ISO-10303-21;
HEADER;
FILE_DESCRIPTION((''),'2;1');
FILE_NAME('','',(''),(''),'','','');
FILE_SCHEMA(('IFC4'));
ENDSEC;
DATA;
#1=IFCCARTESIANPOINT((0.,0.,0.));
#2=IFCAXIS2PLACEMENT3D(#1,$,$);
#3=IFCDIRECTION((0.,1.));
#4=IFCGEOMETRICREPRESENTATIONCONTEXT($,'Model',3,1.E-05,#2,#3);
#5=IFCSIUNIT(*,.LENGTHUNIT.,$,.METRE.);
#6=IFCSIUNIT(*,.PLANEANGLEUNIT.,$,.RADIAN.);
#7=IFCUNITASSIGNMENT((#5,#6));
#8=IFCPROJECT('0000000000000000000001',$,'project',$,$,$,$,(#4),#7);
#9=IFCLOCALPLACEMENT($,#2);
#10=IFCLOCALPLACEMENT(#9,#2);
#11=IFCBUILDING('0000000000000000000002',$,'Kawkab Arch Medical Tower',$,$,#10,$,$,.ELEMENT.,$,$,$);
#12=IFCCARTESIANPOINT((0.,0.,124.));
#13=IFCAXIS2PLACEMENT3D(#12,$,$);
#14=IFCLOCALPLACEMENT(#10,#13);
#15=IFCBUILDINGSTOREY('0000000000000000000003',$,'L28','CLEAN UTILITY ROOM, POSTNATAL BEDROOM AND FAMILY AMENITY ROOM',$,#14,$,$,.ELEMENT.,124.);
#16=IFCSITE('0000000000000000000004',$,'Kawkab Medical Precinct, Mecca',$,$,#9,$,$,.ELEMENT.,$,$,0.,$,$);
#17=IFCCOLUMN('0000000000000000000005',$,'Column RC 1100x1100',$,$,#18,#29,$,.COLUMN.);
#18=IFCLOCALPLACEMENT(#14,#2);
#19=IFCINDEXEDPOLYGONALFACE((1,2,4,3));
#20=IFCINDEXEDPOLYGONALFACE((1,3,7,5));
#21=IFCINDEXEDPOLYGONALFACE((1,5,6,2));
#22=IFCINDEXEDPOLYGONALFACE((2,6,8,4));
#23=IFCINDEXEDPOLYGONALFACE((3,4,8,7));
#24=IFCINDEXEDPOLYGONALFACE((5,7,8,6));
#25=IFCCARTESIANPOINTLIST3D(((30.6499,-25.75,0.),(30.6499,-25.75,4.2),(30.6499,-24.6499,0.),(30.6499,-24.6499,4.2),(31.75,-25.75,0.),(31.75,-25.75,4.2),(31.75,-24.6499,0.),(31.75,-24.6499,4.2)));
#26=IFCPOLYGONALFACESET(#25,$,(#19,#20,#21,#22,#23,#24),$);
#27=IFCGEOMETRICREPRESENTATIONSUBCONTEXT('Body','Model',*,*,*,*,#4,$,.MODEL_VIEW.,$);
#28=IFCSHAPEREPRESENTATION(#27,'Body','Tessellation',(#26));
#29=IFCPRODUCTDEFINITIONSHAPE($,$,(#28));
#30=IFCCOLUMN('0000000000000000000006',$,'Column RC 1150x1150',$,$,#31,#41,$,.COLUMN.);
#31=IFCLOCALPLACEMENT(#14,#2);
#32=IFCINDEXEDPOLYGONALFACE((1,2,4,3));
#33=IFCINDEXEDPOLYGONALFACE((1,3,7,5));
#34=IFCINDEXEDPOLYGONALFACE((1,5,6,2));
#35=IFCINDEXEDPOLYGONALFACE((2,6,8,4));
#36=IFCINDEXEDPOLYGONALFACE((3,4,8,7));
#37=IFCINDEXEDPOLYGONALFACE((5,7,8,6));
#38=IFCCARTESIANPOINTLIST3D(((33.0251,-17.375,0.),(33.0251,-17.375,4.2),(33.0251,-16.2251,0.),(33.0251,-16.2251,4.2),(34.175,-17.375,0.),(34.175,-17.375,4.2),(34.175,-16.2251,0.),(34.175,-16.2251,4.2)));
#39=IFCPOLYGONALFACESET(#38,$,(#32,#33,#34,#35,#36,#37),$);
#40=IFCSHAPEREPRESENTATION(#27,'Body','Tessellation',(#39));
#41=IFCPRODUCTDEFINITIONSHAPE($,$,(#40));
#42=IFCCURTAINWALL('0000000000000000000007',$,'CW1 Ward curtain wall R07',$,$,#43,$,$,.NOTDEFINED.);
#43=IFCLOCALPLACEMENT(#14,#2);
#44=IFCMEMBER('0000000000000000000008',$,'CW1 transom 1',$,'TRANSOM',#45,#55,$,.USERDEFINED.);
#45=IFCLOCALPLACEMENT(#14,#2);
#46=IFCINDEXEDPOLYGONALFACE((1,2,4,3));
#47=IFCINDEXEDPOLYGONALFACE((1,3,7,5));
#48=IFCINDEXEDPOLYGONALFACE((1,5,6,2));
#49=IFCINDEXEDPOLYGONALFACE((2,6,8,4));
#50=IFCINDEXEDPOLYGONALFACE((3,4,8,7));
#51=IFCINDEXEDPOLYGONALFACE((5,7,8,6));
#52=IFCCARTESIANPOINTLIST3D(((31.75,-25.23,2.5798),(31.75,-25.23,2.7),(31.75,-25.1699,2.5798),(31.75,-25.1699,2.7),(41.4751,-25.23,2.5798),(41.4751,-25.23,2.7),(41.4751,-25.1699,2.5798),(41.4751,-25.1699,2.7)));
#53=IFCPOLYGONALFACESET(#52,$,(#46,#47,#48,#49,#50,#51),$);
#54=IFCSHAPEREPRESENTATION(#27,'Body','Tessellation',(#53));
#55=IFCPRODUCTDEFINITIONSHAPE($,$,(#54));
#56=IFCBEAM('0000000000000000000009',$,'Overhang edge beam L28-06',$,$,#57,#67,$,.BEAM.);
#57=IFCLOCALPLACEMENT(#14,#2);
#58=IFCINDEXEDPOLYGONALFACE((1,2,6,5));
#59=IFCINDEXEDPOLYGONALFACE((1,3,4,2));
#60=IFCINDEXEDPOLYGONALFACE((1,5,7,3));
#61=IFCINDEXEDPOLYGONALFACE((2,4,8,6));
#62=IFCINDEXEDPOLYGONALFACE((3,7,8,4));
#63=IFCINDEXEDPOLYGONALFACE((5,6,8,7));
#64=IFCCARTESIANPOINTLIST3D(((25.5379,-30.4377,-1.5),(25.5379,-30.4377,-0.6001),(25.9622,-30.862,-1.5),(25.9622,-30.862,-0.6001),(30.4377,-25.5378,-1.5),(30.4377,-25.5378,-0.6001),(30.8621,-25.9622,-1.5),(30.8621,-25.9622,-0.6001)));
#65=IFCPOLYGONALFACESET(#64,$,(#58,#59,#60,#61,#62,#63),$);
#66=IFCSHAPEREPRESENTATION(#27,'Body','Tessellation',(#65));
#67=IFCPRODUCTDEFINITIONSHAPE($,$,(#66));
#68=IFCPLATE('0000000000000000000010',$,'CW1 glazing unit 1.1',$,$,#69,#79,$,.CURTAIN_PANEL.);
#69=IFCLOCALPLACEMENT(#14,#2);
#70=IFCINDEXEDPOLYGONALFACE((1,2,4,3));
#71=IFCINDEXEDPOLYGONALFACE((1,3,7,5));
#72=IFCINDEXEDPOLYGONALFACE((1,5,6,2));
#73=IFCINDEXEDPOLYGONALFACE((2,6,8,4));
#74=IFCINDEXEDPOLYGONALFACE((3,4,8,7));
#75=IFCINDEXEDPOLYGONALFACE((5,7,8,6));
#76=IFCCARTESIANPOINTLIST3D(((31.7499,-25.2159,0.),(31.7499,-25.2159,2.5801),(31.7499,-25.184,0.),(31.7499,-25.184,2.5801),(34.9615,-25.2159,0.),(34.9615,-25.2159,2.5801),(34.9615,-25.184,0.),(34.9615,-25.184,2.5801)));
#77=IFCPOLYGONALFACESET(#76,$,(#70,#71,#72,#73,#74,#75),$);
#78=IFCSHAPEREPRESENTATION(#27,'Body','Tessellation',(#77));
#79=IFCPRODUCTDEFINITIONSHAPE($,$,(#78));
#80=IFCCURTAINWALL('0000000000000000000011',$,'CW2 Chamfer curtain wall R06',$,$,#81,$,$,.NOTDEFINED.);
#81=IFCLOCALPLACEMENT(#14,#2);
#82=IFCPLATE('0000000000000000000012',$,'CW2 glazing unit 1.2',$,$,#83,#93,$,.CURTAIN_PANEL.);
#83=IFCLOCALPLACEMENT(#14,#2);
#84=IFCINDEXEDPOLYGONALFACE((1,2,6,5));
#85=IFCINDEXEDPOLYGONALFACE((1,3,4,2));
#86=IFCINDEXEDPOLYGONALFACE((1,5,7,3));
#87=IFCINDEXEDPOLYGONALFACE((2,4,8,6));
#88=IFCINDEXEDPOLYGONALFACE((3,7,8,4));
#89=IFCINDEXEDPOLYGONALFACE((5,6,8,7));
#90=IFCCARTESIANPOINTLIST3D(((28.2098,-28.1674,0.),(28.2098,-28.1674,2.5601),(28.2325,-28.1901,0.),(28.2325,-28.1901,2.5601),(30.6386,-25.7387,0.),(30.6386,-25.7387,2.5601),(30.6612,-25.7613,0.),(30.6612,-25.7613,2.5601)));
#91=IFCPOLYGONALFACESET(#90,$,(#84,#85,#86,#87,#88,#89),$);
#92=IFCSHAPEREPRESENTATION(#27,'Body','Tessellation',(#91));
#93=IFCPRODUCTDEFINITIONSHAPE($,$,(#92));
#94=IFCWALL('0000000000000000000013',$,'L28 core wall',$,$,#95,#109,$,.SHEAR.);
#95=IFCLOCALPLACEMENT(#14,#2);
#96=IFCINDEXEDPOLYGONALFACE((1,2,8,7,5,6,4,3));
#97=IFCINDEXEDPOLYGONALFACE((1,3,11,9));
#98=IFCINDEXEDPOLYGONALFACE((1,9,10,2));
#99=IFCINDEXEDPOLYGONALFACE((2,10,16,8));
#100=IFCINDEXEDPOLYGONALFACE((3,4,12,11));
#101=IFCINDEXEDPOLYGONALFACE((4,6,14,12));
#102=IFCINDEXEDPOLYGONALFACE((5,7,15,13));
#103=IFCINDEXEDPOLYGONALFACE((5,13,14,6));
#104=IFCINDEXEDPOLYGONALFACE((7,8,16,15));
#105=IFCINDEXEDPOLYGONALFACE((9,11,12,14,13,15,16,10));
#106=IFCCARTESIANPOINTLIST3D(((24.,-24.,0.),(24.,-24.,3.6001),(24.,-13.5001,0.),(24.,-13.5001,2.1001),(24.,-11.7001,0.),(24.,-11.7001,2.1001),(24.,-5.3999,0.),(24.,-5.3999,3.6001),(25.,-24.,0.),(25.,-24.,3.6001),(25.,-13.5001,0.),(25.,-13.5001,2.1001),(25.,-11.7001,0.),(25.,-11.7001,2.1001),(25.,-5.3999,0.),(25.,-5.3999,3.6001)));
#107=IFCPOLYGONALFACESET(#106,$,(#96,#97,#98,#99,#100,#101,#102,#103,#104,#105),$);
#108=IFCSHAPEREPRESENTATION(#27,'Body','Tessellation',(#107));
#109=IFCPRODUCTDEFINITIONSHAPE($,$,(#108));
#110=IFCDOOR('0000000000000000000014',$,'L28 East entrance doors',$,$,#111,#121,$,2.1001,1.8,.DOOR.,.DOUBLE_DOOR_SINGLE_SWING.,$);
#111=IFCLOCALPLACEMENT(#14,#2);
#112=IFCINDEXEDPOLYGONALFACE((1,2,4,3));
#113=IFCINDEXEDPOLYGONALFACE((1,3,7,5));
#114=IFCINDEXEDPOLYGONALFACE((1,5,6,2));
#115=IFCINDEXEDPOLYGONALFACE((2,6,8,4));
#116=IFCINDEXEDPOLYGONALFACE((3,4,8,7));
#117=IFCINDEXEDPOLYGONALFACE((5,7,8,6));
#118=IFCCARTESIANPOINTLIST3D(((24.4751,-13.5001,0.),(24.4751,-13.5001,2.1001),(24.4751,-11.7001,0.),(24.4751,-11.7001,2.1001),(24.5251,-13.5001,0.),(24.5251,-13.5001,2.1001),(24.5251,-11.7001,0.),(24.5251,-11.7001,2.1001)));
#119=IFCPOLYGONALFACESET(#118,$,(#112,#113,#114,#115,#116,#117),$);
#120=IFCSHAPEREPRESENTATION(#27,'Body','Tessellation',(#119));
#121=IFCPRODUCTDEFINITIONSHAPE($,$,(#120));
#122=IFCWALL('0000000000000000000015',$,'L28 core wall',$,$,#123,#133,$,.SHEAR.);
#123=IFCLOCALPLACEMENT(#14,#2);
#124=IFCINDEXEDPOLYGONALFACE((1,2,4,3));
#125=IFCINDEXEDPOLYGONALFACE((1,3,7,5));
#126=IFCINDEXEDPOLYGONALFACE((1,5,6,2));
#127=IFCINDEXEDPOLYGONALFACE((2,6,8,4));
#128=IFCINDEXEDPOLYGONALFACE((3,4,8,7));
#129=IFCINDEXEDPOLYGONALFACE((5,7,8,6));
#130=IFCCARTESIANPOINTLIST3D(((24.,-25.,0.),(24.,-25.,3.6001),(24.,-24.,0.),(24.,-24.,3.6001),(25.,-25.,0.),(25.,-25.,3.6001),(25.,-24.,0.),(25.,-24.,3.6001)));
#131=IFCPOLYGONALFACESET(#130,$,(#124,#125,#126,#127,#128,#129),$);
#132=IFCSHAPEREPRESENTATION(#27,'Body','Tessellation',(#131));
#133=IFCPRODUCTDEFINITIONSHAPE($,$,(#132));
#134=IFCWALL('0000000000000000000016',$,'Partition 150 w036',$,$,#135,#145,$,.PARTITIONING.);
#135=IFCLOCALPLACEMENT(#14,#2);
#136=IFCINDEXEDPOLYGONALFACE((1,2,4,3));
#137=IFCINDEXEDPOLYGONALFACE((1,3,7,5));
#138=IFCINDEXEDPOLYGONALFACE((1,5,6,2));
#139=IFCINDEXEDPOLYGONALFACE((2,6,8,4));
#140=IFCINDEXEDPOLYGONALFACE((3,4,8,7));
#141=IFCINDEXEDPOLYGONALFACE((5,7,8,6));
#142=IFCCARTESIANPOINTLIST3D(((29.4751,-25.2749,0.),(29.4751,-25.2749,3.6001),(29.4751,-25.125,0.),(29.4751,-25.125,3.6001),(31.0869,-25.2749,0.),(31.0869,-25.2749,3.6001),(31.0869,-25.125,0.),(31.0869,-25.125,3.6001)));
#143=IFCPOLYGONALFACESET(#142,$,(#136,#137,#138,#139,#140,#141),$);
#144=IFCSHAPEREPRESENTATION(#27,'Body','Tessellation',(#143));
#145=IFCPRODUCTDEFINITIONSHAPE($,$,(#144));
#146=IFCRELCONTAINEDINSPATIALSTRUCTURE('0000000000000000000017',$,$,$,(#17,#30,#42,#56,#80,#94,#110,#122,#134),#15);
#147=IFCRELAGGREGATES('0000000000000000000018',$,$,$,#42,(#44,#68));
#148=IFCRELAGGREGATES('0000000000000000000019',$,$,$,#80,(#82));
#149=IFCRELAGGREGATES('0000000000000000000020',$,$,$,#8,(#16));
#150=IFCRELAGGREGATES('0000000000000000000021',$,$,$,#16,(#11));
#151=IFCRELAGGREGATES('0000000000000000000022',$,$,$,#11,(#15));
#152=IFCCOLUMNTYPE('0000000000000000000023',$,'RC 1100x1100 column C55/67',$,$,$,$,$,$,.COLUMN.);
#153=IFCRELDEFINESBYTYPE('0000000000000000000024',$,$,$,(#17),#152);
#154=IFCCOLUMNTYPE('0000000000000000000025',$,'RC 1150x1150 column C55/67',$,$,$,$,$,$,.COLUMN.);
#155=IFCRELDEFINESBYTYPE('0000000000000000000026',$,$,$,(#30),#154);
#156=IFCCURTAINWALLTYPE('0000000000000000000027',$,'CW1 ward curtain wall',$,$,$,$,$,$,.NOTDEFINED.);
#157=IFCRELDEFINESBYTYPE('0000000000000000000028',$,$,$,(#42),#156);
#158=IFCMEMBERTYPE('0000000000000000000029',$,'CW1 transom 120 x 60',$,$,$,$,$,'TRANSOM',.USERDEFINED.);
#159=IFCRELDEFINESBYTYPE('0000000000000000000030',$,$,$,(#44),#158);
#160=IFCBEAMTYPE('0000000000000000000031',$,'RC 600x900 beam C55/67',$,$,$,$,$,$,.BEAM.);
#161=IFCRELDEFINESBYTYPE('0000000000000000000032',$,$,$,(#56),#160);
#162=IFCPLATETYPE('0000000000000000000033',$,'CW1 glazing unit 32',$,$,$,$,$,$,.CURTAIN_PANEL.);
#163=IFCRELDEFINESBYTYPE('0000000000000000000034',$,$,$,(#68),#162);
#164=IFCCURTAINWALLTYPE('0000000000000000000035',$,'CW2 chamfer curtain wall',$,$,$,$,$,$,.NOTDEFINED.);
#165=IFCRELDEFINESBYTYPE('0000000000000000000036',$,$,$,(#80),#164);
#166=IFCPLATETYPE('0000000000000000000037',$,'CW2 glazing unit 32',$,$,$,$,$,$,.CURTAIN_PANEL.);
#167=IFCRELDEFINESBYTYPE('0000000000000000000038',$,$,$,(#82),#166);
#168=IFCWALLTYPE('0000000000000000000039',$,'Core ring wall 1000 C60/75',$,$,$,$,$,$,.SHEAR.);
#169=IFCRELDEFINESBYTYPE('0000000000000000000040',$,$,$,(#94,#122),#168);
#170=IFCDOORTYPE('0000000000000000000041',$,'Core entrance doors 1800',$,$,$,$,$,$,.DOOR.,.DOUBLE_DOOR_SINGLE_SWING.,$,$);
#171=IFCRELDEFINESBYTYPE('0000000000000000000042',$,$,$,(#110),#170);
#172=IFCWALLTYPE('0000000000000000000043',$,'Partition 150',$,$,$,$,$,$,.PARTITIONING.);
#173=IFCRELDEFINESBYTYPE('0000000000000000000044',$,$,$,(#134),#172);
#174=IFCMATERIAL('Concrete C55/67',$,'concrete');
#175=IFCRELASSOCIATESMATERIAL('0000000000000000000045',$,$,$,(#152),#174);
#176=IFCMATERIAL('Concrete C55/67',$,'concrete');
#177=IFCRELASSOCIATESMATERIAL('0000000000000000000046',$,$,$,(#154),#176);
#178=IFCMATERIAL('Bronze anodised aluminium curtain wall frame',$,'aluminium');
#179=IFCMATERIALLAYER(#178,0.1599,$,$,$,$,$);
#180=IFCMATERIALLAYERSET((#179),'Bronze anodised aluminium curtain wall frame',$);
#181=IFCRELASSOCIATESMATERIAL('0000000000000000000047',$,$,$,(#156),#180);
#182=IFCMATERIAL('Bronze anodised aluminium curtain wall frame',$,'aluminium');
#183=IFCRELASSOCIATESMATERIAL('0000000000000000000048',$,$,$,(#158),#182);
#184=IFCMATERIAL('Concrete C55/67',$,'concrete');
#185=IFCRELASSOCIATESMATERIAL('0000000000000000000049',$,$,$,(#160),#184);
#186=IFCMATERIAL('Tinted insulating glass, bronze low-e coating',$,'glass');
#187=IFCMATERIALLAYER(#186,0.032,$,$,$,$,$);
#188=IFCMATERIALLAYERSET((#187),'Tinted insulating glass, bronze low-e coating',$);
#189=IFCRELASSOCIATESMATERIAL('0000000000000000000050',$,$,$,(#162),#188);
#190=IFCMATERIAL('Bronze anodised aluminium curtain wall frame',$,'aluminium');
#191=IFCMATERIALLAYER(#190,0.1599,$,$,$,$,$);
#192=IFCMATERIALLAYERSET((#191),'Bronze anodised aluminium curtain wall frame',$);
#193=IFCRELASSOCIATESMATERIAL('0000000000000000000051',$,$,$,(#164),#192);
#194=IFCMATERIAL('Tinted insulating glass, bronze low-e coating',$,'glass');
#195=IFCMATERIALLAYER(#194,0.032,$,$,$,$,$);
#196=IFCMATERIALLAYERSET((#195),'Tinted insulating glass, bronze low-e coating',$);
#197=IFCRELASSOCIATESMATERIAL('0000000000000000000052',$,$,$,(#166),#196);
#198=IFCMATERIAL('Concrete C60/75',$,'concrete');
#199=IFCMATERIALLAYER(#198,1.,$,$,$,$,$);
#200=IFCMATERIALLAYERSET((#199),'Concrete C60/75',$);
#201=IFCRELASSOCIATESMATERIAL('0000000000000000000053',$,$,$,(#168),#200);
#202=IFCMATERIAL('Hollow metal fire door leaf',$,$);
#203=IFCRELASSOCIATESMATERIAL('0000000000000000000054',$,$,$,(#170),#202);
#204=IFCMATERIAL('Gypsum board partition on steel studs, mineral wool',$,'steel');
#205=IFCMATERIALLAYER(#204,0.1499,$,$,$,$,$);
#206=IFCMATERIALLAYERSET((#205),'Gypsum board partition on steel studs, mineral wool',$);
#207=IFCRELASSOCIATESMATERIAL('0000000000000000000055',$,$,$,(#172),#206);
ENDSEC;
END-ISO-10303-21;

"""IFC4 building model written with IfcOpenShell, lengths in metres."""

from ifc_helpers import new_model, si_unit, direction, frame, frame_2d, origin, origin_2d, place, context, subcontext, project, spatial, rectangle, extrude, material, layer, layer_set, material_profile, profile_set, type_object, element, fill, aggregate, save


model = new_model("IFC4")

# Units and contexts
model_context = context("Model", 3, precision=1e-05, world=origin(), true_north=direction((0.0, 1.0)))
body_context = subcontext(model_context, "Body", "Model", "MODEL_VIEW")
ifc_project = project(units=[si_unit("LENGTHUNIT", "METRE"), si_unit("PLANEANGLEUNIT", "RADIAN")], contexts=[model_context])

# Site, building, storey
site_placement = place(None, origin())
site = spatial("IfcSite", under=ifc_project, at=site_placement, Name="Kawkab Medical Precinct, Mecca", CompositionType="ELEMENT", RefElevation=0.0)
building_placement = place(site_placement, origin())
building = spatial("IfcBuilding", under=site, at=building_placement, Name="Kawkab Arch Medical Tower", CompositionType="ELEMENT")
storey_placement = place(building_placement, frame((0.0, 0.0, 124.0)))
storey = spatial("IfcBuildingStorey", under=building, at=storey_placement, Name="L28", Description="CLEAN UTILITY ROOM, POSTNATAL BEDROOM AND FAMILY AMENITY ROOM", CompositionType="ELEMENT", Elevation=124.0)

# Columns
ifc_material_1 = material(Name="Concrete C55/67", Category="concrete")
ifc_material_profile_1 = material_profile(ifc_material_1, rectangle(XDim=1.1001, YDim=1.1001, at=origin_2d()), Name="RC 1100x1100")
ifc_profile_set_1 = profile_set([ifc_material_profile_1], Name="Concrete C55/67")
column_type_1 = type_object("IfcColumnType", Name="RC 1100x1100 column C55/67", PredefinedType="COLUMN", material=ifc_profile_set_1)
column_1_placement = place(storey_placement, frame((31.2, -25.2, 0.0), z_axis=(0.0, 0.0, 1.0), x_axis=(1.0, 0.0, 0.0)))
element("IfcColumn", 1, at=column_1_placement, inside=storey, type_object=column_type_1, Name="Column RC 1100x1100", PredefinedType="COLUMN", context=body_context, shape_type="SweptSolid", body=[
    extrude(rectangle(XDim=1.1001, YDim=1.1001, at=origin_2d()), origin(), (0.0, 0.0, 1.0), 4.2),
])
ifc_material_2 = material(Name="Concrete C55/67", Category="concrete")
ifc_material_profile_2 = material_profile(ifc_material_2, rectangle(XDim=1.1499, YDim=1.1499, at=origin_2d()), Name="RC 1150x1150")
ifc_profile_set_2 = profile_set([ifc_material_profile_2], Name="Concrete C55/67")
column_type_2 = type_object("IfcColumnType", Name="RC 1150x1150 column C55/67", PredefinedType="COLUMN", material=ifc_profile_set_2)
column_2_placement = place(storey_placement, frame((33.6001, -16.8, 0.0), z_axis=(0.0, 0.0, 1.0), x_axis=(1.0, 0.0, 0.0)))
element("IfcColumn", 2, at=column_2_placement, inside=storey, type_object=column_type_2, Name="Column RC 1150x1150", PredefinedType="COLUMN", context=body_context, shape_type="SweptSolid", body=[
    extrude(rectangle(XDim=1.1499, YDim=1.1499, at=origin_2d()), origin(), (0.0, 0.0, 1.0), 4.2),
])

# Curtain wall, member
ifc_material_3 = material(Name="Bronze anodised aluminium curtain wall frame", Category="aluminium")
ifc_layer_1 = layer(ifc_material_3, 0.1599)
ifc_layer_set_1 = layer_set([ifc_layer_1], Name="Bronze anodised aluminium curtain wall frame")
curtain_wall_type_1 = type_object("IfcCurtainWallType", Name="CW1 ward curtain wall", PredefinedType="NOTDEFINED", material=ifc_layer_set_1)
placement = place(storey_placement, origin())
curtain_wall_1 = element("IfcCurtainWall", 3, at=placement, inside=storey, type_object=curtain_wall_type_1, Name="CW1 Ward curtain wall R07", PredefinedType="NOTDEFINED")
ifc_material_4 = material(Name="Bronze anodised aluminium curtain wall frame", Category="aluminium")
ifc_material_profile_3 = material_profile(ifc_material_4, rectangle(XDim=0.0601, YDim=0.1201, at=origin_2d()), Name="AL 60x120")
ifc_profile_set_3 = profile_set([ifc_material_profile_3], Name="Bronze anodised aluminium curtain wall frame")
member_type = type_object("IfcMemberType", Name="CW1 transom 120 x 60", ElementType="TRANSOM", PredefinedType="USERDEFINED", material=ifc_profile_set_3)
member_placement = place(storey_placement, frame((31.75, -25.2, 2.6399), z_axis=(1.0, 0.0, 0.0), x_axis=(0.0, 1.0, 0.0)))
member = element("IfcMember", 4, at=member_placement, type_object=member_type, Name="CW1 transom 1", ObjectType="TRANSOM", PredefinedType="USERDEFINED", context=body_context, shape_type="SweptSolid", body=[
    extrude(rectangle(XDim=0.0601, YDim=0.1201, at=origin_2d()), origin(), (0.0, 0.0, 1.0), 9.7251),
])

# Beam
ifc_material_5 = material(Name="Concrete C55/67", Category="concrete")
ifc_material_profile_4 = material_profile(ifc_material_5, rectangle(XDim=0.6001, YDim=0.8999, at=origin_2d()), Name="RC 600x900")
ifc_profile_set_4 = profile_set([ifc_material_profile_4], Name="Concrete C55/67")
beam_type = type_object("IfcBeamType", Name="RC 600x900 beam C55/67", PredefinedType="BEAM", material=ifc_profile_set_4)
beam_placement = place(storey_placement, frame((30.6499, -25.75, -1.05), z_axis=(-0.707107, -0.707107, 0.0), x_axis=(0.707107, -0.707107, 0.0)))
element("IfcBeam", 5, at=beam_placement, inside=storey, type_object=beam_type, Name="Overhang edge beam L28-06", PredefinedType="BEAM", context=body_context, shape_type="SweptSolid", body=[
    extrude(rectangle(XDim=0.6001, YDim=0.8999, at=origin_2d()), origin(), (0.0, 0.0, 1.0), 6.9294),
])

# Plate
ifc_material_6 = material(Name="Tinted insulating glass, bronze low-e coating", Category="glass")
ifc_layer_2 = layer(ifc_material_6, 0.032)
ifc_layer_set_2 = layer_set([ifc_layer_2], Name="Tinted insulating glass, bronze low-e coating")
plate_type_1 = type_object("IfcPlateType", Name="CW1 glazing unit 32", PredefinedType="CURTAIN_PANEL", material=ifc_layer_set_2)
plate_1_placement = place(storey_placement, frame((33.3557, -25.2, 0.0), z_axis=(0.0, 0.0, 1.0), x_axis=(1.0, 0.0, 0.0)))
plate_1 = element("IfcPlate", 6, at=plate_1_placement, type_object=plate_type_1, Name="CW1 glazing unit 1.1", PredefinedType="CURTAIN_PANEL", context=body_context, shape_type="SweptSolid", body=[
    extrude(rectangle(XDim=3.2117, YDim=0.032, at=origin_2d()), origin(), (0.0, 0.0, 1.0), 2.5801),
])
aggregate(curtain_wall_1, [member, plate_1])

# Curtain wall, plate
ifc_material_7 = material(Name="Bronze anodised aluminium curtain wall frame", Category="aluminium")
ifc_layer_3 = layer(ifc_material_7, 0.1599)
ifc_layer_set_3 = layer_set([ifc_layer_3], Name="Bronze anodised aluminium curtain wall frame")
curtain_wall_type_2 = type_object("IfcCurtainWallType", Name="CW2 chamfer curtain wall", PredefinedType="NOTDEFINED", material=ifc_layer_set_3)
curtain_wall_2 = element("IfcCurtainWall", 7, at=placement, inside=storey, type_object=curtain_wall_type_2, Name="CW2 Chamfer curtain wall R06", PredefinedType="NOTDEFINED")
ifc_material_8 = material(Name="Tinted insulating glass, bronze low-e coating", Category="glass")
ifc_layer_4 = layer(ifc_material_8, 0.032)
ifc_layer_set_4 = layer_set([ifc_layer_4], Name="Tinted insulating glass, bronze low-e coating")
plate_type_2 = type_object("IfcPlateType", Name="CW2 glazing unit 32", PredefinedType="CURTAIN_PANEL", material=ifc_layer_set_4)
plate_2_placement = place(storey_placement, frame((29.4355, -26.9644, 0.0), z_axis=(0.0, 0.0, 1.0), x_axis=(0.707107, 0.707107, 0.0)))
plate_2 = element("IfcPlate", 8, at=plate_2_placement, type_object=plate_type_2, Name="CW2 glazing unit 1.2", PredefinedType="CURTAIN_PANEL", context=body_context, shape_type="SweptSolid", body=[
    extrude(rectangle(XDim=3.4348, YDim=0.032, at=origin_2d()), origin(), (0.0, 0.0, 1.0), 2.5601),
])
aggregate(curtain_wall_2, [plate_2])

# Wall, opening, door
ifc_material_9 = material(Name="Concrete C60/75", Category="concrete")
ifc_layer_5 = layer(ifc_material_9, 1.0)
ifc_layer_set_5 = layer_set([ifc_layer_5], Name="Concrete C60/75")
wall_type_1 = type_object("IfcWallType", Name="Core ring wall 1000 C60/75", PredefinedType="SHEAR", material=ifc_layer_set_5)
wall_1_placement = place(storey_placement, frame((24.5, -24.0, 0.0), z_axis=(0.0, 0.0, 1.0), x_axis=(0.0, 1.0, 0.0)))
wall_1 = element("IfcWall", 9, at=wall_1_placement, inside=storey, type_object=wall_type_1, Name="L28 core wall", PredefinedType="SHEAR", context=body_context, shape_type="SweptSolid", body=[
    extrude(rectangle(XDim=18.6001, YDim=1.0, at=frame_2d((9.3, 0.0))), origin(), (0.0, 0.0, 1.0), 3.6001),
])
opening_1_placement = place(wall_1_placement, frame((10.5, 0.0, 0.0)))
opening_1 = element("IfcOpeningElement", 10, at=opening_1_placement, cuts=wall_1, PredefinedType="OPENING", context=body_context, shape_type="SweptSolid", body=[
    extrude(rectangle(XDim=1.8, YDim=2.1001, at=frame_2d((0.8999, 1.05))), frame((0.0, 0.51, 0.0), z_axis=(0.0, -1.0, 0.0), x_axis=(1.0, 0.0, 0.0)), (0.0, 0.0, 1.0), 1.02),
])
ifc_material_10 = material(Name="Hollow metal fire door leaf")
door_type_1 = type_object("IfcDoorType", Name="Core entrance doors 1800", OperationType="DOUBLE_DOOR_SINGLE_SWING", PredefinedType="DOOR", material=ifc_material_10)
door_1_placement = place(opening_1_placement, origin())
door_1 = element("IfcDoor", 11, at=door_1_placement, inside=storey, type_object=door_type_1, Name="L28 East entrance doors", OperationType="DOUBLE_DOOR_SINGLE_SWING", OverallHeight=2.1001, OverallWidth=1.8, PredefinedType="DOOR", context=body_context, shape_type="SweptSolid", body=[
    extrude(rectangle(XDim=1.8, YDim=2.1001, at=frame_2d((0.8999, 1.05))), frame((0.0, 0.0249, 0.0), z_axis=(0.0, -1.0, 0.0), x_axis=(1.0, 0.0, 0.0)), (0.0, 0.0, 1.0), 0.05),
])
fill(opening_1, door_1)

# Walls
wall_2_placement = place(storey_placement, frame((24.5, -25.0, 0.0), z_axis=(0.0, 0.0, 1.0), x_axis=(0.0, 1.0, 0.0)))
element("IfcWall", 12, at=wall_2_placement, inside=storey, type_object=wall_type_1, Name="L28 core wall", PredefinedType="SHEAR", context=body_context, shape_type="SweptSolid", body=[
    extrude(rectangle(XDim=1.0, YDim=1.0, at=frame_2d((0.5, 0.0))), origin(), (0.0, 0.0, 1.0), 3.6001),
])
ifc_material_11 = material(Name="Gypsum board partition on steel studs, mineral wool", Category="steel")
ifc_layer_6 = layer(ifc_material_11, 0.1499)
ifc_layer_set_6 = layer_set([ifc_layer_6], Name="Gypsum board partition on steel studs, mineral wool")
wall_type_2 = type_object("IfcWallType", Name="Partition 150", PredefinedType="PARTITIONING", material=ifc_layer_set_6)
wall_3_placement = place(storey_placement, frame((29.4751, -25.2, 0.0), z_axis=(0.0, 0.0, 1.0), x_axis=(1.0, 0.0, 0.0)))
element("IfcWall", 13, at=wall_3_placement, inside=storey, type_object=wall_type_2, Name="Partition 150 w036", PredefinedType="PARTITIONING", context=body_context, shape_type="SweptSolid", body=[
    extrude(rectangle(XDim=1.6118, YDim=0.1499, at=frame_2d((0.8059, 0.0))), origin(), (0.0, 0.0, 1.0), 3.6001),
])

save(model, "model.ifc")
